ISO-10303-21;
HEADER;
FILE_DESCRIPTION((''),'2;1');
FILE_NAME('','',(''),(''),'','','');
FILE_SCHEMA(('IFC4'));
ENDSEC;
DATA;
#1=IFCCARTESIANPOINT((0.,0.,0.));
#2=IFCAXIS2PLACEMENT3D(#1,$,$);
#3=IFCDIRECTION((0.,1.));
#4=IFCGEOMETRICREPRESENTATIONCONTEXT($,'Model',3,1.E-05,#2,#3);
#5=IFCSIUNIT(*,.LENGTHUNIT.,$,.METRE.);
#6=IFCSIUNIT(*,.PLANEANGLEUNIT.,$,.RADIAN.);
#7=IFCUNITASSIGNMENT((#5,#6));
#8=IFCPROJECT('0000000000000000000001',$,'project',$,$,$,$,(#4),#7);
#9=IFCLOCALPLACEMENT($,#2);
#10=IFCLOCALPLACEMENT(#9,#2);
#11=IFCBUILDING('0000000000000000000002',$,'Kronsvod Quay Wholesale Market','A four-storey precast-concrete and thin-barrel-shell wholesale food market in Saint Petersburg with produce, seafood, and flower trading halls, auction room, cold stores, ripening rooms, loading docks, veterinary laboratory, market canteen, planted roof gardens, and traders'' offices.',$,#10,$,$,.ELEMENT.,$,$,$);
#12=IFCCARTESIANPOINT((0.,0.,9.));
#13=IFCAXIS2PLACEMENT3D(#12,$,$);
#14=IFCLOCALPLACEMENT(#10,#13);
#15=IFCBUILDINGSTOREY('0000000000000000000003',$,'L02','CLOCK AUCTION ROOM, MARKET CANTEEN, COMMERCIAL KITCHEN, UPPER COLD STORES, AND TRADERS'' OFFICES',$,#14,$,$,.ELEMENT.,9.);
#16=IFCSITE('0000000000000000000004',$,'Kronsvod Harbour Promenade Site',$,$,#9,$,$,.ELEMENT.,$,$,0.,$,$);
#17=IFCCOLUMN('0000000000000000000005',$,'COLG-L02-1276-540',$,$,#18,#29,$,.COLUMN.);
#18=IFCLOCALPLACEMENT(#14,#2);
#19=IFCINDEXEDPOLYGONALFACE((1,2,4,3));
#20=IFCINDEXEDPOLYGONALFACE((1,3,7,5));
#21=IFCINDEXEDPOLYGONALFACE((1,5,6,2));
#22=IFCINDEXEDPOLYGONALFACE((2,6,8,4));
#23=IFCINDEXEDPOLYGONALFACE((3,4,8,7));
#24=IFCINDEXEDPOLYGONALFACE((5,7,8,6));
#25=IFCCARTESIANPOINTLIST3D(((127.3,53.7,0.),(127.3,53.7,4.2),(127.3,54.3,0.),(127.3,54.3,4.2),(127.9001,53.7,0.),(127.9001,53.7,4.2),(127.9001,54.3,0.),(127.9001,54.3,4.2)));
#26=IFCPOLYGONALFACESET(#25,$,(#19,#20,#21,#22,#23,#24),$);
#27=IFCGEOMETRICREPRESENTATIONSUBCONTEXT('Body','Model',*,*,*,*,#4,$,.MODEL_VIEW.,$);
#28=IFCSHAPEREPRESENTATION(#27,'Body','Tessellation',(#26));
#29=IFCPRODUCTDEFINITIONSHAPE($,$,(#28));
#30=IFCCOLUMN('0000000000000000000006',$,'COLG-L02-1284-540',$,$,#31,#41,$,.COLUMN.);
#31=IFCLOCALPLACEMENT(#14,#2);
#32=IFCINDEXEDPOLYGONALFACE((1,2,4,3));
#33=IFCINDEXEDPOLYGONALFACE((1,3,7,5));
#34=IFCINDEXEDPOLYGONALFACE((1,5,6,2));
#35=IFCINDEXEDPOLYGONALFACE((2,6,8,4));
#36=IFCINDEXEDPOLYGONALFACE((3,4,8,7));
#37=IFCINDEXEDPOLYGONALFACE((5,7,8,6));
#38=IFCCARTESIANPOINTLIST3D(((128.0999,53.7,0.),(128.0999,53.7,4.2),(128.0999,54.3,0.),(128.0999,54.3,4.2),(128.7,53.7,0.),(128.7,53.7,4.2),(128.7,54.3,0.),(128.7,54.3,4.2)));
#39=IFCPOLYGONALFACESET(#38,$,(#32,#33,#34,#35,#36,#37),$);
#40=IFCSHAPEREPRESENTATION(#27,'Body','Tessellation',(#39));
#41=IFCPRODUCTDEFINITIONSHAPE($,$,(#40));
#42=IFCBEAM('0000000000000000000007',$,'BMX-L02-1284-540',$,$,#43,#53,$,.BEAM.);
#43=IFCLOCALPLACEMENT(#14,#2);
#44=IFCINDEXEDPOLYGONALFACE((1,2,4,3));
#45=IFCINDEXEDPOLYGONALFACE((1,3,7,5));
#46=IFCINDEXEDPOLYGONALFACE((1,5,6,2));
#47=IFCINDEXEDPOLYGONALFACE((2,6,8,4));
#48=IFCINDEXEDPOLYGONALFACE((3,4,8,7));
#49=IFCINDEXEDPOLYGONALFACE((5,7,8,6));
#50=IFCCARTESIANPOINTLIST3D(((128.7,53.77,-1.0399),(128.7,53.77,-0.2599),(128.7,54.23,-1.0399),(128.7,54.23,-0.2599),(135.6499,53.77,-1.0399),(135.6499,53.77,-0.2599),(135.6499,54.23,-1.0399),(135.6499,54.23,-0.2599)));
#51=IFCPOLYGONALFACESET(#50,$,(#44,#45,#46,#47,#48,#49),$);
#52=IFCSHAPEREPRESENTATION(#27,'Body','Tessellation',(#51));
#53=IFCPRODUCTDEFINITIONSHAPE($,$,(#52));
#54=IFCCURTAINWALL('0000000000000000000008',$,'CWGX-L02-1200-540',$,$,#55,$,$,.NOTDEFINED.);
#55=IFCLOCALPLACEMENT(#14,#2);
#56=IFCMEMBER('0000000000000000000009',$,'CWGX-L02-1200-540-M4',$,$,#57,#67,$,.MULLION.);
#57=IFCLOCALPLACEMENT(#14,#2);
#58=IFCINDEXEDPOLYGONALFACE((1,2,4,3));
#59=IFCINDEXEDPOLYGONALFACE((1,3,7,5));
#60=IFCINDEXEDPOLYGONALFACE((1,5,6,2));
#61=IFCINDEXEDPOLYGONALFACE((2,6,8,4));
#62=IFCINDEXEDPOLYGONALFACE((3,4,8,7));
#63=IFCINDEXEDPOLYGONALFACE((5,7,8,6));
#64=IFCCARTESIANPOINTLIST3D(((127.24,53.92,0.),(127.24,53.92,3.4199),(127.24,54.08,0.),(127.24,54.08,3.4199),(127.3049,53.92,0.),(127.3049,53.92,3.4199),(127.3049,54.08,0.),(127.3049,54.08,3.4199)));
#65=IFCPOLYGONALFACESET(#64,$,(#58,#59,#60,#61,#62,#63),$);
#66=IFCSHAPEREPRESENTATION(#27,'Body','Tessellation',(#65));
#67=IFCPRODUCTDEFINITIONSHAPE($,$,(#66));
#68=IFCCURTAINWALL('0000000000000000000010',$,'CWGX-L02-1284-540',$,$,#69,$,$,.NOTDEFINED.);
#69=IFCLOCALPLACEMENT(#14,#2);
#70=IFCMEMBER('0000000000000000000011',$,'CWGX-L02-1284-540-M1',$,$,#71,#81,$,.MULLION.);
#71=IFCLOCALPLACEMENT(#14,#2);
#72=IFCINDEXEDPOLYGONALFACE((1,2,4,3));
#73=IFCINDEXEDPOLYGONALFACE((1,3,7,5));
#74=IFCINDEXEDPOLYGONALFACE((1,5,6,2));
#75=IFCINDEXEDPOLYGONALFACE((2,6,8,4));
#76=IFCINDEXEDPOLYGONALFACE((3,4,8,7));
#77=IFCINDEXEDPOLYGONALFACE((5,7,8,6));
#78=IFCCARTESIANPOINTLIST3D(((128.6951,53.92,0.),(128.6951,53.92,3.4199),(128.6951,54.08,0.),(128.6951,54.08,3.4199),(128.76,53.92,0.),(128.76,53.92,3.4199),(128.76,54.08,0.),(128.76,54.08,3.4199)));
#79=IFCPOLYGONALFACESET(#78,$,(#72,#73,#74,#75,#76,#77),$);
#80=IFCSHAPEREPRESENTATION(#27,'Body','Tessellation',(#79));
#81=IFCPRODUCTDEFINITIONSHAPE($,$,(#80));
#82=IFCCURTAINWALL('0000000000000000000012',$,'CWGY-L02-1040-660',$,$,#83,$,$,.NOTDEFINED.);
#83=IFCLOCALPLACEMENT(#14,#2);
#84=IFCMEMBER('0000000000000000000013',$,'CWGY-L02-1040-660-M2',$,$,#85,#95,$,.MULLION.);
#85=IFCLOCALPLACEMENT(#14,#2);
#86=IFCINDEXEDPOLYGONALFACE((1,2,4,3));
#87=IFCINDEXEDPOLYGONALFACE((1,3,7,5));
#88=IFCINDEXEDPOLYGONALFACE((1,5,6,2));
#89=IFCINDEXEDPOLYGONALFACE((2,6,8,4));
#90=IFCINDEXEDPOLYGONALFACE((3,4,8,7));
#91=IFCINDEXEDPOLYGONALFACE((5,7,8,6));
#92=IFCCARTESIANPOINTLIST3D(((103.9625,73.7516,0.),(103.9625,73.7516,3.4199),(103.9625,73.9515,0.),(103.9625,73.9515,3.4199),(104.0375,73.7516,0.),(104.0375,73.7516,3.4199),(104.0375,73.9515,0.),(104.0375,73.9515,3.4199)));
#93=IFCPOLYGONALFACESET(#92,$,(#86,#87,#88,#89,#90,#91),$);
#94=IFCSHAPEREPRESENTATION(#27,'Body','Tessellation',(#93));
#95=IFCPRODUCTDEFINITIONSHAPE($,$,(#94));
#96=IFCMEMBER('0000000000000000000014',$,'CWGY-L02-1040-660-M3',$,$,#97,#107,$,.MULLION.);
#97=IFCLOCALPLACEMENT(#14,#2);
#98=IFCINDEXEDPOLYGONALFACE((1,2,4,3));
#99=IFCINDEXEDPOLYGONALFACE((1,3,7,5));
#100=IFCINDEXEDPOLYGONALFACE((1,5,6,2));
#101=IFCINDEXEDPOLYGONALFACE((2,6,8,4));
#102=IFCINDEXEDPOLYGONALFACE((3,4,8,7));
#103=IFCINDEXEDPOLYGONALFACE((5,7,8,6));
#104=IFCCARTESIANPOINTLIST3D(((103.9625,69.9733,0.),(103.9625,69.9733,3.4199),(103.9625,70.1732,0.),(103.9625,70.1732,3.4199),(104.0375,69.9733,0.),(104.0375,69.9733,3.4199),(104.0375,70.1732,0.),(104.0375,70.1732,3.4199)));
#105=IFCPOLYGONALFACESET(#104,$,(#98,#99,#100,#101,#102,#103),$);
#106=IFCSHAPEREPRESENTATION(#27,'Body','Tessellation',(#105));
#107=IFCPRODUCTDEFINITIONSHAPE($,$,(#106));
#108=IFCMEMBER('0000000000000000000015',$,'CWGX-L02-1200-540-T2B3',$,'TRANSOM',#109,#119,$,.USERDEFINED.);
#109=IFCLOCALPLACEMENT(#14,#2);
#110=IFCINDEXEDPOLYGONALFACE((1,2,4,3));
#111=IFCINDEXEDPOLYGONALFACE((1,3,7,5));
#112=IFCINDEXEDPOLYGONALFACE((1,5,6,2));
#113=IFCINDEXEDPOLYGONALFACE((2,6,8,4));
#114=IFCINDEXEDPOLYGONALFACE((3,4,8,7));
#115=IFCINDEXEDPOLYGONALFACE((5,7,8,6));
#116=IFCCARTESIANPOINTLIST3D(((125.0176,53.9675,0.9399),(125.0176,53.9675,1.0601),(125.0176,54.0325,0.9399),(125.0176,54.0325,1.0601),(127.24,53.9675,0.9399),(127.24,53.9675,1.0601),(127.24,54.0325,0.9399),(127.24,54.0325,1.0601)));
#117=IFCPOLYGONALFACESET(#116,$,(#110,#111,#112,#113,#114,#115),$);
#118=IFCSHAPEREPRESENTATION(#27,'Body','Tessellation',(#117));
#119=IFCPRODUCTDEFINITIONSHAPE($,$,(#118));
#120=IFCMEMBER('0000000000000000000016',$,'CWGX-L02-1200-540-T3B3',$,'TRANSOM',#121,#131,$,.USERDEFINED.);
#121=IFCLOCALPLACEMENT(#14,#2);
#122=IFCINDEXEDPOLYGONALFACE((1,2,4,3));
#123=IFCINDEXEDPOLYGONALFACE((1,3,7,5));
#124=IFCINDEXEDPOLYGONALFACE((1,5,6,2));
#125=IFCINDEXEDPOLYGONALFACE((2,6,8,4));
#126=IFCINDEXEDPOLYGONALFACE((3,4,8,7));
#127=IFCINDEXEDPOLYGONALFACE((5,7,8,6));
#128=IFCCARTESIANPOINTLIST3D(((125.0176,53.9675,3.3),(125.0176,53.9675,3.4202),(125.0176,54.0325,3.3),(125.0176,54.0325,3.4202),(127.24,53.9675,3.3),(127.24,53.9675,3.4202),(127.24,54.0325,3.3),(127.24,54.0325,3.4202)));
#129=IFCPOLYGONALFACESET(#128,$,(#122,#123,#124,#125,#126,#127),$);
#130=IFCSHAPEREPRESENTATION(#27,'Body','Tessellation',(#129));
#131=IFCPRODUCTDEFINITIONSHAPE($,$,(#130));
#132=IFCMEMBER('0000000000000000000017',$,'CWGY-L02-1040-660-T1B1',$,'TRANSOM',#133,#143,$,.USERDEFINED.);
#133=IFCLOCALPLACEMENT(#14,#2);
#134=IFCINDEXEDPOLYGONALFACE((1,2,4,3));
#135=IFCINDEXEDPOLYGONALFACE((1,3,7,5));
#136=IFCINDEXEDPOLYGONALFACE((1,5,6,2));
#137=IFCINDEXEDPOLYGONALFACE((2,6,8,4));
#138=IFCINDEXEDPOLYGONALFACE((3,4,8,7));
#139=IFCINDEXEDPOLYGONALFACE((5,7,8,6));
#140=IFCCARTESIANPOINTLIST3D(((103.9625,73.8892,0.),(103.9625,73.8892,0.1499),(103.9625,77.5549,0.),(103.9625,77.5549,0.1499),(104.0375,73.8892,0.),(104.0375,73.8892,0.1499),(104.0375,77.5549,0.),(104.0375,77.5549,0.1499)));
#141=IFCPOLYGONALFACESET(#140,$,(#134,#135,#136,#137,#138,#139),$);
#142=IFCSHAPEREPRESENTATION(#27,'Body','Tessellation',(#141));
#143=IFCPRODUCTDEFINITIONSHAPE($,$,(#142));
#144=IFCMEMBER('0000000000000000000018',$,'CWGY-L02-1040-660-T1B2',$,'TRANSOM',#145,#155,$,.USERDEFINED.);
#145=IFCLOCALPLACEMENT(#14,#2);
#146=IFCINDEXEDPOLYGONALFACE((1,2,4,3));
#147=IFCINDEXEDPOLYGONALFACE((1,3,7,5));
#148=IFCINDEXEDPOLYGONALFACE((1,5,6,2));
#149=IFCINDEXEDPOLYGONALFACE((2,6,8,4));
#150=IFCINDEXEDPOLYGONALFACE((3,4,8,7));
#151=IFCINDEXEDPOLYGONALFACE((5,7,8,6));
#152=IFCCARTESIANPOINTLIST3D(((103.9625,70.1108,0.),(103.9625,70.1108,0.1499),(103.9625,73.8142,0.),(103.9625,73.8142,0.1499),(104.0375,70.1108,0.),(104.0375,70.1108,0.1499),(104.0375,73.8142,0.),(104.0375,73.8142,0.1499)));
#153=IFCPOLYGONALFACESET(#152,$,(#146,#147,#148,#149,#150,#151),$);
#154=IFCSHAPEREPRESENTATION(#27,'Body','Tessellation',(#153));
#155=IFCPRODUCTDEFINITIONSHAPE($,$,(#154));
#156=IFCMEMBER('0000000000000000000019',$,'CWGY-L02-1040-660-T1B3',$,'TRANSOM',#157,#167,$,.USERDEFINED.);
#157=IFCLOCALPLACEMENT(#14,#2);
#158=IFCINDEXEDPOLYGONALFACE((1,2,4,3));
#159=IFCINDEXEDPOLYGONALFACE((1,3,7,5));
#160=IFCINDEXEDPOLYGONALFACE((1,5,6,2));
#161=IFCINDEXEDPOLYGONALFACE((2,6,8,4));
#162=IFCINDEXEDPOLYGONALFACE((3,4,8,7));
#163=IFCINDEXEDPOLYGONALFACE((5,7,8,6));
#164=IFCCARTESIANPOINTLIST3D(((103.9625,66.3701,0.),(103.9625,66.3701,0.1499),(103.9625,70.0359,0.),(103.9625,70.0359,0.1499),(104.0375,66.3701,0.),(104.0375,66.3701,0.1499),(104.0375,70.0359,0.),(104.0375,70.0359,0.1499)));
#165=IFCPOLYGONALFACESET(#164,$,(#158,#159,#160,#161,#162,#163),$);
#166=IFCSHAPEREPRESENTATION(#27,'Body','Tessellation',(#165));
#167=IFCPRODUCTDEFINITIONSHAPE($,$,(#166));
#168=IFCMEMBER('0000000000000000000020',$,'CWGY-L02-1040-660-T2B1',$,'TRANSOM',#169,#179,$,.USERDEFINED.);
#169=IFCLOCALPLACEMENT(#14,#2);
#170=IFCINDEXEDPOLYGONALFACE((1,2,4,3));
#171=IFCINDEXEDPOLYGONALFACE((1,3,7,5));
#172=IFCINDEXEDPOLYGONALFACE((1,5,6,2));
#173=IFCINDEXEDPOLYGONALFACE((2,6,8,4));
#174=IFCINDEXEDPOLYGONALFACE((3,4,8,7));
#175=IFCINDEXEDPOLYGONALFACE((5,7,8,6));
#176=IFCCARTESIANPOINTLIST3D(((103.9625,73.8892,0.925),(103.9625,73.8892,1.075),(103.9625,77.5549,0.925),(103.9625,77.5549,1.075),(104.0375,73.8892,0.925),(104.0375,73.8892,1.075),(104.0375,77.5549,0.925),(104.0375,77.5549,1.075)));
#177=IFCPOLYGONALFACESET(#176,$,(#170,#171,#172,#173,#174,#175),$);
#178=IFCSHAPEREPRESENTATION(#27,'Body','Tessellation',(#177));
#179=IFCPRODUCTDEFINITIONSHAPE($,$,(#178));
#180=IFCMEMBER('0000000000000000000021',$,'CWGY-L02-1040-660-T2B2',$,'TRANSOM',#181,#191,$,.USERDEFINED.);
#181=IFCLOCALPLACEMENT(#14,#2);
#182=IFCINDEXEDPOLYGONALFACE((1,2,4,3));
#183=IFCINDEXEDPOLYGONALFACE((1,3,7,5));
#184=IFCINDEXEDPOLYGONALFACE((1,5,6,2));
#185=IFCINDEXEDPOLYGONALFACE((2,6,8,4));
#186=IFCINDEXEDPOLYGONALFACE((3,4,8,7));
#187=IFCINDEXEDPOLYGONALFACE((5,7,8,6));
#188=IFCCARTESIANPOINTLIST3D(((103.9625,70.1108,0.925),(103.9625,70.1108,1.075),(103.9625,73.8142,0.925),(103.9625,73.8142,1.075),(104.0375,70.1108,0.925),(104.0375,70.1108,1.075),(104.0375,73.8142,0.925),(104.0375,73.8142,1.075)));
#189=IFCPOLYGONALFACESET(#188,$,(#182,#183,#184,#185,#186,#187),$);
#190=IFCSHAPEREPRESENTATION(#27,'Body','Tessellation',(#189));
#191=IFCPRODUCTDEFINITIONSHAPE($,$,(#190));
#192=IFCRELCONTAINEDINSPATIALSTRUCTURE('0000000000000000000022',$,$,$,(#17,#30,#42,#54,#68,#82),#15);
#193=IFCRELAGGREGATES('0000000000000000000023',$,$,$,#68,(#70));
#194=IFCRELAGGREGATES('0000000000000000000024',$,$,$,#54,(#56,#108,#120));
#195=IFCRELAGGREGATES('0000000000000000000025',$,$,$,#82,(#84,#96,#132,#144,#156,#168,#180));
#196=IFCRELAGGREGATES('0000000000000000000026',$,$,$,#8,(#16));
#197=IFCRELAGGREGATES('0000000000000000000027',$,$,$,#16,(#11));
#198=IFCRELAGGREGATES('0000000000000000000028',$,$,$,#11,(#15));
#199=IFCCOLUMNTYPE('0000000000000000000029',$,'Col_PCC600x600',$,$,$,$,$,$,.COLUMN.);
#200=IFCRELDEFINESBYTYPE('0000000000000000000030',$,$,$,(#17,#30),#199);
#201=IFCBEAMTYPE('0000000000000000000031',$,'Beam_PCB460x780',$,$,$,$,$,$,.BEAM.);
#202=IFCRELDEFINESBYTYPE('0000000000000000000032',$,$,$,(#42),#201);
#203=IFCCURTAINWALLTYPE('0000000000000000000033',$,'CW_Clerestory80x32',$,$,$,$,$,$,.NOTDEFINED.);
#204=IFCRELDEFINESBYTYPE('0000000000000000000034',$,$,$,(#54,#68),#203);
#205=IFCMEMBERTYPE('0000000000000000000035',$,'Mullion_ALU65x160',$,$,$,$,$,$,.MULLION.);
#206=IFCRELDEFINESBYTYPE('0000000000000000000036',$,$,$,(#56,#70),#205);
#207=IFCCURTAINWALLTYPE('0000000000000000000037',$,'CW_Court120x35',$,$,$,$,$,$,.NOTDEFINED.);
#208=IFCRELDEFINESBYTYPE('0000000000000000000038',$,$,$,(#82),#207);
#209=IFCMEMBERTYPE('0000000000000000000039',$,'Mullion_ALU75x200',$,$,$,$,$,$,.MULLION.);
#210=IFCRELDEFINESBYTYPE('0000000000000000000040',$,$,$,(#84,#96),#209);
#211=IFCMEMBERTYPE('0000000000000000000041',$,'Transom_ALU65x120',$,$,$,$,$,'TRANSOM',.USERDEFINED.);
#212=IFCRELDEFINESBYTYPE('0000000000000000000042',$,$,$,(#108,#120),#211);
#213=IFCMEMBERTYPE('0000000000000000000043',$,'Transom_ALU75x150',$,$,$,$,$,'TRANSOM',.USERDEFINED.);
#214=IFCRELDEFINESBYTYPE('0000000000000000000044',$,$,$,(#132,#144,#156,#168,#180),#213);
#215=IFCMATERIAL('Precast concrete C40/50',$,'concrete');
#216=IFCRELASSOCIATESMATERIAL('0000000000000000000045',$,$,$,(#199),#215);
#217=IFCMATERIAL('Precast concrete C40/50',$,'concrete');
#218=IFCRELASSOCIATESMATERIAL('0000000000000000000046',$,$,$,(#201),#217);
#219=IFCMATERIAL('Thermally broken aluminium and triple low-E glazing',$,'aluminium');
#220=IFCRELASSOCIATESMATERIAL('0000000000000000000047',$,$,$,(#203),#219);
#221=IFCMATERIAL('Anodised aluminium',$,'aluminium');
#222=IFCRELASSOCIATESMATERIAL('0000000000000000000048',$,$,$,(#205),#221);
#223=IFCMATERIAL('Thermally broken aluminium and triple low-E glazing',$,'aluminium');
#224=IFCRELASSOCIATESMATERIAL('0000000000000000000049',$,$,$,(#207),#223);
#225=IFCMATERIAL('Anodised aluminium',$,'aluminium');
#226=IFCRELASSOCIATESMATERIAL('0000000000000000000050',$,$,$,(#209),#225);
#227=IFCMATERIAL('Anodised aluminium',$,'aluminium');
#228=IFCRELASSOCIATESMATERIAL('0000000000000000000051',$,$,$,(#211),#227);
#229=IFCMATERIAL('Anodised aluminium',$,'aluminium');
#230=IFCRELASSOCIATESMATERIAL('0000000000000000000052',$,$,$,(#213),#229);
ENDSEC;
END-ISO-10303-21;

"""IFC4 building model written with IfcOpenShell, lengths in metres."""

from ifc_helpers import new_model, si_unit, direction, frame, origin, origin_2d, place, context, subcontext, project, spatial, rectangle, extrude, material, material_profile, profile_set, type_object, element, aggregate, save


model = new_model("IFC4")

# Units and contexts
model_context = context("Model", 3, precision=1e-05, world=origin(), true_north=direction((0.0, 1.0)))
body_context = subcontext(model_context, "Body", "Model", "MODEL_VIEW")
ifc_project = project(units=[si_unit("LENGTHUNIT", "METRE"), si_unit("PLANEANGLEUNIT", "RADIAN")], contexts=[model_context])

# Site, building, storey
site_placement = place(None, origin())
site = spatial("IfcSite", under=ifc_project, at=site_placement, Name="Kronsvod Harbour Promenade Site", CompositionType="ELEMENT", RefElevation=0.0)
building_placement = place(site_placement, origin())
building = spatial("IfcBuilding", under=site, at=building_placement, Name="Kronsvod Quay Wholesale Market", Description="A four-storey precast-concrete and thin-barrel-shell wholesale food market in Saint Petersburg with produce, seafood, and flower trading halls, auction room, cold stores, ripening rooms, loading docks, veterinary laboratory, market canteen, planted roof gardens, and traders' offices.", CompositionType="ELEMENT")
storey_placement = place(building_placement, frame((0.0, 0.0, 9.0)))
storey = spatial("IfcBuildingStorey", under=building, at=storey_placement, Name="L02", Description="CLOCK AUCTION ROOM, MARKET CANTEEN, COMMERCIAL KITCHEN, UPPER COLD STORES, AND TRADERS' OFFICES", CompositionType="ELEMENT", Elevation=9.0)

# Columns
ifc_material_1 = material(Name="Precast concrete C40/50", Category="concrete")
ifc_material_profile_1 = material_profile(ifc_material_1, rectangle(XDim=0.6001, YDim=0.6001, at=origin_2d()), Name="PCC600x600")
ifc_profile_set_1 = profile_set([ifc_material_profile_1], Name="Precast concrete C40/50")
column_type = type_object("IfcColumnType", Name="Col_PCC600x600", PredefinedType="COLUMN", material=ifc_profile_set_1)
for number, where, z_axis, x_axis, name in (
    (1, (127.6001, 54.0, 0.0), (0.0, 0.0, 1.0), (1.0, 0.0, 0.0), "COLG-L02-1276-540"),
    (2, (128.3999, 54.0, 0.0), (0.0, 0.0, 1.0), (1.0, 0.0, 0.0), "COLG-L02-1284-540"),
):
    element("IfcColumn", number, at=place(storey_placement, frame(where, z_axis=z_axis, x_axis=x_axis)), inside=storey, type_object=column_type, Name=name, PredefinedType="COLUMN", context=body_context, shape_type="SweptSolid", body=[
        extrude(rectangle(XDim=0.6001, YDim=0.6001, at=origin_2d()), origin(), (0.0, 0.0, 1.0), 4.2),
    ])

# Beam
ifc_material_2 = material(Name="Precast concrete C40/50", Category="concrete")
ifc_material_profile_2 = material_profile(ifc_material_2, rectangle(XDim=0.46, YDim=0.78, at=origin_2d()), Name="PB-03")
ifc_profile_set_2 = profile_set([ifc_material_profile_2], Name="Precast concrete C40/50")
beam_type = type_object("IfcBeamType", Name="Beam_PCB460x780", PredefinedType="BEAM", material=ifc_profile_set_2)
beam_placement = place(storey_placement, frame((128.7, 54.0, -0.6499), z_axis=(1.0, 0.0, 0.0), x_axis=(0.0, 1.0, 0.0)))
element("IfcBeam", 3, at=beam_placement, inside=storey, type_object=beam_type, Name="BMX-L02-1284-540", PredefinedType="BEAM", context=body_context, shape_type="SweptSolid", body=[
    extrude(rectangle(XDim=0.46, YDim=0.78, at=origin_2d()), origin(), (0.0, 0.0, 1.0), 6.95),
])

# Curtain walls, members
ifc_material_3 = material(Name="Thermally broken aluminium and triple low-E glazing", Category="aluminium")
curtain_wall_type_1 = type_object("IfcCurtainWallType", Name="CW_Clerestory80x32", PredefinedType="NOTDEFINED", material=ifc_material_3)
curtain_wall_1_placement = place(storey_placement, origin())
curtain_wall_1 = element("IfcCurtainWall", 4, at=curtain_wall_1_placement, inside=storey, type_object=curtain_wall_type_1, Name="CWGX-L02-1200-540", PredefinedType="NOTDEFINED")
ifc_material_4 = material(Name="Anodised aluminium", Category="aluminium")
ifc_material_profile_3 = material_profile(ifc_material_4, rectangle(XDim=0.0649, YDim=0.1599, at=origin_2d()), Name="ALUM65x160")
ifc_profile_set_3 = profile_set([ifc_material_profile_3], Name="Anodised aluminium")
member_type_1 = type_object("IfcMemberType", Name="Mullion_ALU65x160", PredefinedType="MULLION", material=ifc_profile_set_3)
member_1_placement = place(storey_placement, frame((127.2725, 54.0, 0.0), z_axis=(0.0, 0.0, 1.0), x_axis=(1.0, 0.0, 0.0)))
member_1 = element("IfcMember", 5, at=member_1_placement, type_object=member_type_1, Name="CWGX-L02-1200-540-M4", PredefinedType="MULLION", context=body_context, shape_type="SweptSolid", body=[
    extrude(rectangle(XDim=0.0649, YDim=0.1599, at=origin_2d()), origin(), (0.0, 0.0, 1.0), 3.4199),
])
curtain_wall_2_placement = place(storey_placement, origin())
curtain_wall_2 = element("IfcCurtainWall", 6, at=curtain_wall_2_placement, inside=storey, type_object=curtain_wall_type_1, Name="CWGX-L02-1284-540", PredefinedType="NOTDEFINED")
member_2_placement = place(storey_placement, frame((128.7275, 54.0, 0.0), z_axis=(0.0, 0.0, 1.0), x_axis=(1.0, 0.0, 0.0)))
member_2 = element("IfcMember", 7, at=member_2_placement, type_object=member_type_1, Name="CWGX-L02-1284-540-M1", PredefinedType="MULLION", context=body_context, shape_type="SweptSolid", body=[
    extrude(rectangle(XDim=0.0649, YDim=0.1599, at=origin_2d()), origin(), (0.0, 0.0, 1.0), 3.4199),
])
aggregate(curtain_wall_2, [member_2])

# Curtain wall, members
ifc_material_5 = material(Name="Thermally broken aluminium and triple low-E glazing", Category="aluminium")
curtain_wall_type_2 = type_object("IfcCurtainWallType", Name="CW_Court120x35", PredefinedType="NOTDEFINED", material=ifc_material_5)
curtain_wall_3_placement = place(storey_placement, origin())
curtain_wall_3 = element("IfcCurtainWall", 8, at=curtain_wall_3_placement, inside=storey, type_object=curtain_wall_type_2, Name="CWGY-L02-1040-660", PredefinedType="NOTDEFINED")
ifc_material_6 = material(Name="Anodised aluminium", Category="aluminium")
ifc_material_profile_4 = material_profile(ifc_material_6, rectangle(XDim=0.075, YDim=0.2, at=origin_2d()), Name="ALUM75x200")
ifc_profile_set_4 = profile_set([ifc_material_profile_4], Name="Anodised aluminium")
member_type_2 = type_object("IfcMemberType", Name="Mullion_ALU75x200", PredefinedType="MULLION", material=ifc_profile_set_4)
member_3_placement = place(storey_placement, frame((104.0, 73.8516, 0.0), z_axis=(0.0, 0.0, 1.0), x_axis=(1.0, 0.0, 0.0)))
member_3 = element("IfcMember", 9, at=member_3_placement, type_object=member_type_2, Name="CWGY-L02-1040-660-M2", PredefinedType="MULLION", context=body_context, shape_type="SweptSolid", body=[
    extrude(rectangle(XDim=0.075, YDim=0.2, at=origin_2d()), origin(), (0.0, 0.0, 1.0), 3.4199),
])
member_4_placement = place(storey_placement, frame((104.0, 70.0732, 0.0), z_axis=(0.0, 0.0, 1.0), x_axis=(1.0, 0.0, 0.0)))
member_4 = element("IfcMember", 10, at=member_4_placement, type_object=member_type_2, Name="CWGY-L02-1040-660-M3", PredefinedType="MULLION", context=body_context, shape_type="SweptSolid", body=[
    extrude(rectangle(XDim=0.075, YDim=0.2, at=origin_2d()), origin(), (0.0, 0.0, 1.0), 3.4199),
])

# Members
ifc_material_7 = material(Name="Anodised aluminium", Category="aluminium")
ifc_material_profile_5 = material_profile(ifc_material_7, rectangle(XDim=0.0649, YDim=0.1201, at=origin_2d()), Name="ALUT65x120")
ifc_profile_set_5 = profile_set([ifc_material_profile_5], Name="Anodised aluminium")
member_type_3 = type_object("IfcMemberType", Name="Transom_ALU65x120", ElementType="TRANSOM", PredefinedType="USERDEFINED", material=ifc_profile_set_5)
member_5_placement = place(storey_placement, frame((125.0176, 54.0, 1.0), z_axis=(1.0, 0.0, 0.0), x_axis=(0.0, 1.0, 0.0)))
member_5 = element("IfcMember", 11, at=member_5_placement, type_object=member_type_3, Name="CWGX-L02-1200-540-T2B3", ObjectType="TRANSOM", PredefinedType="USERDEFINED", context=body_context, shape_type="SweptSolid", body=[
    extrude(rectangle(XDim=0.0649, YDim=0.1201, at=origin_2d()), origin(), (0.0, 0.0, 1.0), 2.2224),
])
member_6_placement = place(storey_placement, frame((125.0176, 54.0, 3.3601), z_axis=(1.0, 0.0, 0.0), x_axis=(0.0, 1.0, 0.0)))
member_6 = element("IfcMember", 12, at=member_6_placement, type_object=member_type_3, Name="CWGX-L02-1200-540-T3B3", ObjectType="TRANSOM", PredefinedType="USERDEFINED", context=body_context, shape_type="SweptSolid", body=[
    extrude(rectangle(XDim=0.0649, YDim=0.1201, at=origin_2d()), origin(), (0.0, 0.0, 1.0), 2.2224),
])
ifc_material_8 = material(Name="Anodised aluminium", Category="aluminium")
ifc_material_profile_6 = material_profile(ifc_material_8, rectangle(XDim=0.075, YDim=0.1499, at=origin_2d()), Name="ALUT75x150")
ifc_profile_set_6 = profile_set([ifc_material_profile_6], Name="Anodised aluminium")
member_type_4 = type_object("IfcMemberType", Name="Transom_ALU75x150", ElementType="TRANSOM", PredefinedType="USERDEFINED", material=ifc_profile_set_6)
member_7_placement = place(storey_placement, frame((104.0, 77.5549, 0.075), z_axis=(0.0, -1.0, 0.0), x_axis=(1.0, 0.0, 0.0)))
member_7 = element("IfcMember", 13, at=member_7_placement, type_object=member_type_4, Name="CWGY-L02-1040-660-T1B1", ObjectType="TRANSOM", PredefinedType="USERDEFINED", context=body_context, shape_type="SweptSolid", body=[
    extrude(rectangle(XDim=0.075, YDim=0.1499, at=origin_2d()), origin(), (0.0, 0.0, 1.0), 3.6658),
])
member_8_placement = place(storey_placement, frame((104.0, 73.8142, 0.075), z_axis=(0.0, -1.0, 0.0), x_axis=(1.0, 0.0, 0.0)))
member_8 = element("IfcMember", 14, at=member_8_placement, type_object=member_type_4, Name="CWGY-L02-1040-660-T1B2", ObjectType="TRANSOM", PredefinedType="USERDEFINED", context=body_context, shape_type="SweptSolid", body=[
    extrude(rectangle(XDim=0.075, YDim=0.1499, at=origin_2d()), origin(), (0.0, 0.0, 1.0), 3.7034),
])
member_9_placement = place(storey_placement, frame((104.0, 70.0359, 0.075), z_axis=(0.0, -1.0, 0.0), x_axis=(1.0, 0.0, 0.0)))
member_9 = element("IfcMember", 15, at=member_9_placement, type_object=member_type_4, Name="CWGY-L02-1040-660-T1B3", ObjectType="TRANSOM", PredefinedType="USERDEFINED", context=body_context, shape_type="SweptSolid", body=[
    extrude(rectangle(XDim=0.075, YDim=0.1499, at=origin_2d()), origin(), (0.0, 0.0, 1.0), 3.6658),
])
member_10_placement = place(storey_placement, frame((104.0, 77.5549, 1.0), z_axis=(0.0, -1.0, 0.0), x_axis=(1.0, 0.0, 0.0)))
member_10 = element("IfcMember", 16, at=member_10_placement, type_object=member_type_4, Name="CWGY-L02-1040-660-T2B1", ObjectType="TRANSOM", PredefinedType="USERDEFINED", context=body_context, shape_type="SweptSolid", body=[
    extrude(rectangle(XDim=0.075, YDim=0.1499, at=origin_2d()), origin(), (0.0, 0.0, 1.0), 3.6658),
])
member_11_placement = place(storey_placement, frame((104.0, 73.8142, 1.0), z_axis=(0.0, -1.0, 0.0), x_axis=(1.0, 0.0, 0.0)))
member_11 = element("IfcMember", 17, at=member_11_placement, type_object=member_type_4, Name="CWGY-L02-1040-660-T2B2", ObjectType="TRANSOM", PredefinedType="USERDEFINED", context=body_context, shape_type="SweptSolid", body=[
    extrude(rectangle(XDim=0.075, YDim=0.1499, at=origin_2d()), origin(), (0.0, 0.0, 1.0), 3.7034),
])

aggregate(curtain_wall_1, [member_1, member_5, member_6])
aggregate(curtain_wall_3, [member_3, member_4, member_7, member_8, member_9, member_10, member_11])

save(model, "model.ifc")
